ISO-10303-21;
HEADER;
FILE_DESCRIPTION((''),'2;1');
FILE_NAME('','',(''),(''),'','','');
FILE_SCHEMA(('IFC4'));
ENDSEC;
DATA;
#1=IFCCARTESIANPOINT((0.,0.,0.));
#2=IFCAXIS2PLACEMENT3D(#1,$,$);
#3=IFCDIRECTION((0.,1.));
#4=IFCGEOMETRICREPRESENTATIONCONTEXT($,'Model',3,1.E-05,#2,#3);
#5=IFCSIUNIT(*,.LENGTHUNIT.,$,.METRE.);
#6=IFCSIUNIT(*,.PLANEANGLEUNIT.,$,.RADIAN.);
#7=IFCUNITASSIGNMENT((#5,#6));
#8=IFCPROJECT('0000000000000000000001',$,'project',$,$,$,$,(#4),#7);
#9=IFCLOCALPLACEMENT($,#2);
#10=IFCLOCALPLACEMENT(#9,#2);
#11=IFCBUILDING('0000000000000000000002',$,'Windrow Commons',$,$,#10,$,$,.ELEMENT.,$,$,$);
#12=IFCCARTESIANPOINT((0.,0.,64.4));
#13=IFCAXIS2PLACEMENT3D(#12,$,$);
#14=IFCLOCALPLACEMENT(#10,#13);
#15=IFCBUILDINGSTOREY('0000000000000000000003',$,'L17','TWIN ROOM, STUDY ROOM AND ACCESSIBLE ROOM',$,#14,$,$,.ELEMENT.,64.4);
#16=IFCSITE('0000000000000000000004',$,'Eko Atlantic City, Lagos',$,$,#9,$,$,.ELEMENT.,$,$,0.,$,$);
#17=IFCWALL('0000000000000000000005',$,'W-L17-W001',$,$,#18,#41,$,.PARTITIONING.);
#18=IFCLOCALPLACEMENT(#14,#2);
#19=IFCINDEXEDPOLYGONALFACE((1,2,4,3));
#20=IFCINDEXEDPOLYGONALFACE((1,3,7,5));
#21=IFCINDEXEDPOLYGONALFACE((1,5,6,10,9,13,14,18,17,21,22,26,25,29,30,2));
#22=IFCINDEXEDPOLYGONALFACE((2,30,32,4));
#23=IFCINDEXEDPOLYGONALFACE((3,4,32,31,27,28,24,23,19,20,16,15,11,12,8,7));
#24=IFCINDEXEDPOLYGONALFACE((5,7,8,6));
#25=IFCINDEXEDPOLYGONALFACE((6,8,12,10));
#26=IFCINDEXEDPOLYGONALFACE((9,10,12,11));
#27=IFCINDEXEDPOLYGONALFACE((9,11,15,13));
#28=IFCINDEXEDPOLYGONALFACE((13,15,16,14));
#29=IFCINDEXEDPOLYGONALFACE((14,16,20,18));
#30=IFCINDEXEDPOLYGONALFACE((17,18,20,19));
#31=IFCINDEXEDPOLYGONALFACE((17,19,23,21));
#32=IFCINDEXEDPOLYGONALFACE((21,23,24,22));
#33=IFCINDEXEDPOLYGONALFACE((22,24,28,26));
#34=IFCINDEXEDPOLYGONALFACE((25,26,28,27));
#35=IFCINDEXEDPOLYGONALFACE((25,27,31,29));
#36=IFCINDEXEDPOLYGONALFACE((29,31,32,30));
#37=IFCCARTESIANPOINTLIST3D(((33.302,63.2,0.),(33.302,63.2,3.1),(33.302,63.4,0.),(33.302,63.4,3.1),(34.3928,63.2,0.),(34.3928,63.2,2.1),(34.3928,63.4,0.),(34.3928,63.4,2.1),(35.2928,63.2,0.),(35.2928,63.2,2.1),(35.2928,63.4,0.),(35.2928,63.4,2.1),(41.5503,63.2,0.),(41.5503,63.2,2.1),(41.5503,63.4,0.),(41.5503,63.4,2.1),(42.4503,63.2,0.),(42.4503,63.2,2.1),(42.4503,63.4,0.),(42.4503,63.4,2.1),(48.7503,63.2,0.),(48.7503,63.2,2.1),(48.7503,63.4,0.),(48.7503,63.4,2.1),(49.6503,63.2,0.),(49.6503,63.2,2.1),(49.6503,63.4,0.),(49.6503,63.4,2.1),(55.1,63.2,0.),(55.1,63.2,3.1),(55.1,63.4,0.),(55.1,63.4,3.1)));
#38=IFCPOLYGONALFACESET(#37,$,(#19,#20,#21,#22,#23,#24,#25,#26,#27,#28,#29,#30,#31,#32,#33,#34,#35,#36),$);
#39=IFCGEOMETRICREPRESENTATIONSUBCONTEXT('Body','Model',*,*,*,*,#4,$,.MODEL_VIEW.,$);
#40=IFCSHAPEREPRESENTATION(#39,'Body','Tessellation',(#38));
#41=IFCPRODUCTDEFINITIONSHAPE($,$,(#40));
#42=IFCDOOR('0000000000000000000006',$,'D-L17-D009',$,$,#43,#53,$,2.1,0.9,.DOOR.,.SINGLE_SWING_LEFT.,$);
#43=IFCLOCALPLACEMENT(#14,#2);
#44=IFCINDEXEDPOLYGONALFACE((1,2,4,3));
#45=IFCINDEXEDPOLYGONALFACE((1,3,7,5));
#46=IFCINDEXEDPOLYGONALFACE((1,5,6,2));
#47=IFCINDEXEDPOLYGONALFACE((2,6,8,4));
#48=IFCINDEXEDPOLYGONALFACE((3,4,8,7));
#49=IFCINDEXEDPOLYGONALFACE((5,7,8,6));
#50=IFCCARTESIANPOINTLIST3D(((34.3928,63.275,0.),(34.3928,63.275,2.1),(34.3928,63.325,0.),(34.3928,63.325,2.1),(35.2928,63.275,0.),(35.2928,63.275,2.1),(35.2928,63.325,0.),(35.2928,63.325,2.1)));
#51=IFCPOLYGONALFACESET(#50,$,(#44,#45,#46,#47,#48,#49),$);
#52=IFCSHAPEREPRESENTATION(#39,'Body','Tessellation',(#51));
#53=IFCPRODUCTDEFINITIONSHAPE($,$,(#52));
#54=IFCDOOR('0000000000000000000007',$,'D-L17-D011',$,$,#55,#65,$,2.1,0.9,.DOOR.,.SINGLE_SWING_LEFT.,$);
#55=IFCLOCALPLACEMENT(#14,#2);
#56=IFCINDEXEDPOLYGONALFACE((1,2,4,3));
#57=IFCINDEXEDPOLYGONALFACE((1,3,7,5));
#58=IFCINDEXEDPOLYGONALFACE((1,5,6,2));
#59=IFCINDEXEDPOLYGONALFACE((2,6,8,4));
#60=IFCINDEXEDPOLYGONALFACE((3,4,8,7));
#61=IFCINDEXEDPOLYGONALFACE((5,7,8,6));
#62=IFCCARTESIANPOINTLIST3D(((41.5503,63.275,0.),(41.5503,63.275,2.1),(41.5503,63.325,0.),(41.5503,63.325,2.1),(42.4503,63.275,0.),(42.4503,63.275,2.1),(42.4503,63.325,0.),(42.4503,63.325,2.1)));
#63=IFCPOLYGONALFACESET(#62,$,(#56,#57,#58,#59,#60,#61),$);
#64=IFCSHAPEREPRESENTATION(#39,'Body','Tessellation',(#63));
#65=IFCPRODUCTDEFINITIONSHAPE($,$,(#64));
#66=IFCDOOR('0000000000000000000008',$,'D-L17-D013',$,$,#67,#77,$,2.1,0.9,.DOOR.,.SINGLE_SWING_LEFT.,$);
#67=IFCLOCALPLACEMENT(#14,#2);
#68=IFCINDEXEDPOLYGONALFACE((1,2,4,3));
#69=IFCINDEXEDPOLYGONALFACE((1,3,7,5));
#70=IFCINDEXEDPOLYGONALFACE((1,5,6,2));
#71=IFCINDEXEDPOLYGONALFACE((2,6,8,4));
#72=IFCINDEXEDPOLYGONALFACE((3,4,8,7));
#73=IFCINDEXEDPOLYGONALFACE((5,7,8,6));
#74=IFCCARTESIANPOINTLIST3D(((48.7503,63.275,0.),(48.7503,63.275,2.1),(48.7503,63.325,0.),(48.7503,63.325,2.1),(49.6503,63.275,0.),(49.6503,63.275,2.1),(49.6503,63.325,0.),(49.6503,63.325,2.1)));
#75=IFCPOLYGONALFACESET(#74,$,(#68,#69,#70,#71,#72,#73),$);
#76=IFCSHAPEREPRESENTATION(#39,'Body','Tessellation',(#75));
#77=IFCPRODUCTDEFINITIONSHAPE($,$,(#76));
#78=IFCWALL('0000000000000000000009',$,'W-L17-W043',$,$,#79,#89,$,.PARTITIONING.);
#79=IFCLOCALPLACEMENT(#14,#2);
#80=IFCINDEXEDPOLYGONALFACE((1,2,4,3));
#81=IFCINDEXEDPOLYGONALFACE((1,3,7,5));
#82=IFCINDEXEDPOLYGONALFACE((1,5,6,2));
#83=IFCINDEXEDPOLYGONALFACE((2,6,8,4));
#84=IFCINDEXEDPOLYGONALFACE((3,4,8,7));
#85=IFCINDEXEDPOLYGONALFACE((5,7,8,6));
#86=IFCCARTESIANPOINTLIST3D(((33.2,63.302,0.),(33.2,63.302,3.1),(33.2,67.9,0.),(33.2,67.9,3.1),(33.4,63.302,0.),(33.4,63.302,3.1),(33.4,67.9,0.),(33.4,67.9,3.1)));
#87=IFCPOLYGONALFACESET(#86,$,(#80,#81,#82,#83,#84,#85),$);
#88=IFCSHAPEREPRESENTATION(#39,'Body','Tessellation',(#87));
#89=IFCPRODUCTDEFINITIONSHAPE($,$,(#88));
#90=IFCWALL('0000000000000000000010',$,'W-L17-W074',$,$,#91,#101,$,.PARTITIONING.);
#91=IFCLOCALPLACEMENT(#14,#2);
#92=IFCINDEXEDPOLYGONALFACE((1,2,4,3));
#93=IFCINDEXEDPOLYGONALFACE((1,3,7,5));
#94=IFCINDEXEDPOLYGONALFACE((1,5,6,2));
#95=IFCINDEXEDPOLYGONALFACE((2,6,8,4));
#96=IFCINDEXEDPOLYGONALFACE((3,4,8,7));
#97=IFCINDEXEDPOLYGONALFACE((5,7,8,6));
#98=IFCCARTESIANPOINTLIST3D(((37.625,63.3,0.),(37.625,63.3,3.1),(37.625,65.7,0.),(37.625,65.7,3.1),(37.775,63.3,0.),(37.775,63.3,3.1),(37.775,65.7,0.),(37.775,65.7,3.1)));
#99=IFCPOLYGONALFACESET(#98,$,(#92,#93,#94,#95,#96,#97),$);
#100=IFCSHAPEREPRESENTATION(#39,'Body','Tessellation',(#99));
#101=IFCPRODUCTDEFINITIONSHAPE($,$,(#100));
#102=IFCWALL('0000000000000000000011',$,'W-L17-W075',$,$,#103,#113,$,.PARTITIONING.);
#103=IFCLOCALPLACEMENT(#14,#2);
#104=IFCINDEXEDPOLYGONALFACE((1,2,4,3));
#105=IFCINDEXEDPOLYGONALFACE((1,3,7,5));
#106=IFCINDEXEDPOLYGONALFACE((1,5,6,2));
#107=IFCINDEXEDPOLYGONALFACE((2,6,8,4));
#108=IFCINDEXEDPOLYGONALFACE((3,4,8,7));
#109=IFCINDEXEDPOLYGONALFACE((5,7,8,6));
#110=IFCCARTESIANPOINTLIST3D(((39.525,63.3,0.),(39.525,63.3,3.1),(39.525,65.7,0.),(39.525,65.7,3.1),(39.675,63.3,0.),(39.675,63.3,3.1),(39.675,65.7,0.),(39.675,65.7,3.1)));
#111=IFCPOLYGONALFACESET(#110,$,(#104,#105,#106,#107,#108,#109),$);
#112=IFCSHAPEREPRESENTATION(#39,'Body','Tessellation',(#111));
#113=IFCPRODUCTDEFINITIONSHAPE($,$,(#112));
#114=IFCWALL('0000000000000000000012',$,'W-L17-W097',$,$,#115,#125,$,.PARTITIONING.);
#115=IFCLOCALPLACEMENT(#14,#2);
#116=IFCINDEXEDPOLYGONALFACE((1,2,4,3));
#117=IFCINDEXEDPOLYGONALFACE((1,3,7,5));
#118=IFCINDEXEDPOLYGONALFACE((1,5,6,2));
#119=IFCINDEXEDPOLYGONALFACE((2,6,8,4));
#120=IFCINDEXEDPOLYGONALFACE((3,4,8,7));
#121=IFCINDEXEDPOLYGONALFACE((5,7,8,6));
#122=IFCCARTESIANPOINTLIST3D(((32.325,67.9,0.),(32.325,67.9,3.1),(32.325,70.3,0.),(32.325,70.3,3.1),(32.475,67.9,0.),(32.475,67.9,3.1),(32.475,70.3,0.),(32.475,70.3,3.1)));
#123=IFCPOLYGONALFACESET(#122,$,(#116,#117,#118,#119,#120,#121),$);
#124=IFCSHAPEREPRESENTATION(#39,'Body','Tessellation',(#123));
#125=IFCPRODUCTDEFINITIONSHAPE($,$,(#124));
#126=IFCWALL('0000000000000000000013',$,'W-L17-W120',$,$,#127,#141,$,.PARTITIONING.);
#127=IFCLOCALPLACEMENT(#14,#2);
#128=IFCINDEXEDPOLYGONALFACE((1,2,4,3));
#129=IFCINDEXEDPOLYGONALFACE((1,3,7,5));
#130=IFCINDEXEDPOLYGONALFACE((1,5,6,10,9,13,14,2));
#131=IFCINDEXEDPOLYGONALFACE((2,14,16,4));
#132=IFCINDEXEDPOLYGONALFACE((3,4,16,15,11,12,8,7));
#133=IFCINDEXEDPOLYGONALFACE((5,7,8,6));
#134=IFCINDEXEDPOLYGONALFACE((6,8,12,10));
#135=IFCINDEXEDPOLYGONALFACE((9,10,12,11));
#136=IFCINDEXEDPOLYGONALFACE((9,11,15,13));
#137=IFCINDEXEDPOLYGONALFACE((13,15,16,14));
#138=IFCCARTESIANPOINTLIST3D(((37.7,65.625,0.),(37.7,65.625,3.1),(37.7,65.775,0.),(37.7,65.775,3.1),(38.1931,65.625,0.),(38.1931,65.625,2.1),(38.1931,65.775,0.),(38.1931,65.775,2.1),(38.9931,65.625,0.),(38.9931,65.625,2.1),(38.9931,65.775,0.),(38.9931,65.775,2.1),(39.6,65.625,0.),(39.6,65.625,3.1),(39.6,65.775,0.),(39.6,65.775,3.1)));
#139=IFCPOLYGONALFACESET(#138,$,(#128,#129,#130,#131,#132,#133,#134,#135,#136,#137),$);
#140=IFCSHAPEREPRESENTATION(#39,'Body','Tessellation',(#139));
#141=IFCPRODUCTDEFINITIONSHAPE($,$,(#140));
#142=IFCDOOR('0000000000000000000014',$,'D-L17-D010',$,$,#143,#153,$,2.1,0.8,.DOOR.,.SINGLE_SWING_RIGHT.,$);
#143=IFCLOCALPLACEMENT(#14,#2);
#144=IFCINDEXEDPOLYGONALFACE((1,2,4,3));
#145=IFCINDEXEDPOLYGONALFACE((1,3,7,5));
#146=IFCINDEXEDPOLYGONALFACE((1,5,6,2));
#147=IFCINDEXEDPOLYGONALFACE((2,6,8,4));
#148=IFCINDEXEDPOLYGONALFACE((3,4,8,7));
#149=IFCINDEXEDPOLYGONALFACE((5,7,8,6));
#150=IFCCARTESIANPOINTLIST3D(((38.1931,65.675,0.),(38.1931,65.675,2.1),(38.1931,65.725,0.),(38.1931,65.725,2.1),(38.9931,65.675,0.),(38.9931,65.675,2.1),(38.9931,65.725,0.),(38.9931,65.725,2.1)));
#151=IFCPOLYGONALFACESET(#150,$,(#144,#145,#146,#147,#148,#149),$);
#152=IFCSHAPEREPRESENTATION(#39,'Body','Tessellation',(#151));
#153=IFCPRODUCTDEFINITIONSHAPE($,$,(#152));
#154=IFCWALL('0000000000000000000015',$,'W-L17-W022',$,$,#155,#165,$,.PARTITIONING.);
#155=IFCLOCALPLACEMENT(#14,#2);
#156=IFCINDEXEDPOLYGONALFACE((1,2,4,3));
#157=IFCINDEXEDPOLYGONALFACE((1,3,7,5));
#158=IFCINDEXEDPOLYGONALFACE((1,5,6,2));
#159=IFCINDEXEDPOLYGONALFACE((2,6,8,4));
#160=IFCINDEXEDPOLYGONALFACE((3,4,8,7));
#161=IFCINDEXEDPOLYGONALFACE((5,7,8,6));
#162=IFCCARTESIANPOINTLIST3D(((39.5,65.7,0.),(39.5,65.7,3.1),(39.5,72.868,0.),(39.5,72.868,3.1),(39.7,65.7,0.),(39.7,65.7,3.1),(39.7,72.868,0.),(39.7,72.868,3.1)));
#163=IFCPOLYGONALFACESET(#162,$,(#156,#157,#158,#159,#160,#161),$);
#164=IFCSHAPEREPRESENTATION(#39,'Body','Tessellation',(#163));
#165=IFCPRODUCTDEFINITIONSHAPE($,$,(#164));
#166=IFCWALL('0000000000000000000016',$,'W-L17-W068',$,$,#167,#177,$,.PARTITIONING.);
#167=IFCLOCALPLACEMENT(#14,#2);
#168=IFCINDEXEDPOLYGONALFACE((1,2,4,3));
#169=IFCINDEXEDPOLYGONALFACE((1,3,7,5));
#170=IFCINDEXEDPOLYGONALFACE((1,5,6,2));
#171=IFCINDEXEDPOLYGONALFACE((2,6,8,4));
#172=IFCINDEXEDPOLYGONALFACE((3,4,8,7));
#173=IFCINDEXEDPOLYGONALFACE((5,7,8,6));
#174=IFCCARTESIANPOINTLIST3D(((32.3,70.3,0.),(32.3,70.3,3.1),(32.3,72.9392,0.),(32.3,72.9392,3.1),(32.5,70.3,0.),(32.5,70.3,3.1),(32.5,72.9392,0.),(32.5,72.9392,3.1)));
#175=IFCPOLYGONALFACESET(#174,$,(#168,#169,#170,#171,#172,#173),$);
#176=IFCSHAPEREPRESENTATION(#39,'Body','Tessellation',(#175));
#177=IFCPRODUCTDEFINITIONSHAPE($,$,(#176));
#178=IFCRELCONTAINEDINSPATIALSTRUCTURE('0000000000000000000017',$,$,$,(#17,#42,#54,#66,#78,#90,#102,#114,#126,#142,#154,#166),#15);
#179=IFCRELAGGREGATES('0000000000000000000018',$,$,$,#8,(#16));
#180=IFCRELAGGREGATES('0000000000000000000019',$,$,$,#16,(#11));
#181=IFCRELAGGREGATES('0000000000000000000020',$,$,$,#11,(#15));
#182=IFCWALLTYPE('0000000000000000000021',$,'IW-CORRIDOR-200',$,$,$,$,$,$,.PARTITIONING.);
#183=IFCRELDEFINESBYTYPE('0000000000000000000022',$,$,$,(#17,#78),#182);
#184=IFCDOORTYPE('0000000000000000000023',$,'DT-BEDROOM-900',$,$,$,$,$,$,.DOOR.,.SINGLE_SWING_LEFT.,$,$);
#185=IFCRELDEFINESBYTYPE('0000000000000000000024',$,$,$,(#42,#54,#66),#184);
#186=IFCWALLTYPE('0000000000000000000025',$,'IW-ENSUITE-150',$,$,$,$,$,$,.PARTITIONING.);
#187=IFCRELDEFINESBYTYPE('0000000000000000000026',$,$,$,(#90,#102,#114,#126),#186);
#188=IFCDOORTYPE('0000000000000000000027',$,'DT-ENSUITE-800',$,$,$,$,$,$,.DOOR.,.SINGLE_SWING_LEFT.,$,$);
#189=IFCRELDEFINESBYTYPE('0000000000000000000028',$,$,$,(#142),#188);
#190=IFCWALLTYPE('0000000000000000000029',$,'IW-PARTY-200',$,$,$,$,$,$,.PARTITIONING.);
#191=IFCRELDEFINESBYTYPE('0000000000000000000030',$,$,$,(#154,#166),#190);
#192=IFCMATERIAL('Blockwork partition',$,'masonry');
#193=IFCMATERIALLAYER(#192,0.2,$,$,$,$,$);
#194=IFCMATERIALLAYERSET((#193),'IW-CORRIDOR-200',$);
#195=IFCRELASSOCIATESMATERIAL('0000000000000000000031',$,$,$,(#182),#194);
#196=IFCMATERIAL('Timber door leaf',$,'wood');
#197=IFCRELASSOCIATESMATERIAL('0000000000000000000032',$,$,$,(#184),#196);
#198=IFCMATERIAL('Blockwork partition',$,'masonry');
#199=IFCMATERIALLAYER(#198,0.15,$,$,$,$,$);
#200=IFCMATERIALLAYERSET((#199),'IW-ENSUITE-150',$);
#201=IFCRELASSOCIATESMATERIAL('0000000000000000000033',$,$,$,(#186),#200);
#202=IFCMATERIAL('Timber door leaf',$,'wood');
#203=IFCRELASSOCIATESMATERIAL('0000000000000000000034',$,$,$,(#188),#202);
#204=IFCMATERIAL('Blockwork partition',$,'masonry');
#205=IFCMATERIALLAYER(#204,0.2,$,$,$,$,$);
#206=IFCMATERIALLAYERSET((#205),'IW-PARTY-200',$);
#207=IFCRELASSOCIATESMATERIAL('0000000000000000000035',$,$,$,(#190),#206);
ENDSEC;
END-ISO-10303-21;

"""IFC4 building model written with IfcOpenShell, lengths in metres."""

from ifc_helpers import new_model, si_unit, direction, frame, frame_2d, origin, place, context, subcontext, project, spatial, rectangle, extrude, material, layer, layer_set, type_object, element, fill, save


model = new_model("IFC4")

# Units and contexts
model_context = context("Model", 3, precision=1e-05, world=origin(), true_north=direction((0.0, 1.0)))
body_context = subcontext(model_context, "Body", "Model", "MODEL_VIEW")
ifc_project = project(units=[si_unit("LENGTHUNIT", "METRE"), si_unit("PLANEANGLEUNIT", "RADIAN")], contexts=[model_context])

# Site, building, storey
site_placement = place(None, origin())
site = spatial("IfcSite", under=ifc_project, at=site_placement, Name="Eko Atlantic City, Lagos", CompositionType="ELEMENT", RefElevation=0.0)
building_placement = place(site_placement, origin())
building = spatial("IfcBuilding", under=site, at=building_placement, Name="Windrow Commons", CompositionType="ELEMENT")
storey_placement = place(building_placement, frame((0.0, 0.0, 64.4)))
storey = spatial("IfcBuildingStorey", under=building, at=storey_placement, Name="L17", Description="TWIN ROOM, STUDY ROOM AND ACCESSIBLE ROOM", CompositionType="ELEMENT", Elevation=64.4)

# Wall, openings, doors
ifc_material_1 = material(Name="Blockwork partition", Category="masonry")
ifc_layer_1 = layer(ifc_material_1, 0.2)
ifc_layer_set_1 = layer_set([ifc_layer_1], Name="IW-CORRIDOR-200")
wall_type_1 = type_object("IfcWallType", Name="IW-CORRIDOR-200", PredefinedType="PARTITIONING", material=ifc_layer_set_1)
wall_1_placement = place(storey_placement, frame((33.302, 63.3, 0.0), z_axis=(0.0, 0.0, 1.0), x_axis=(1.0, 0.0, 0.0)))
wall_1 = element("IfcWall", 1, at=wall_1_placement, inside=storey, type_object=wall_type_1, Name="W-L17-W001", PredefinedType="PARTITIONING", context=body_context, shape_type="SweptSolid", body=[
    extrude(rectangle(XDim=21.798, YDim=0.2, at=frame_2d((10.899, 0.0))), origin(), (0.0, 0.0, 1.0), 3.1),
])
opening_1_placement = place(wall_1_placement, frame((1.0908, 0.0, 0.0)))
opening_1 = element("IfcOpeningElement", 2, at=opening_1_placement, cuts=wall_1, PredefinedType="OPENING", context=body_context, shape_type="SweptSolid", body=[
    extrude(rectangle(XDim=0.9, YDim=2.1, at=frame_2d((0.45, 1.05))), frame((0.0, 0.11, 0.0), z_axis=(0.0, -1.0, 0.0), x_axis=(1.0, 0.0, 0.0)), (0.0, 0.0, 1.0), 0.22),
])
opening_2_placement = place(wall_1_placement, frame((8.2483, 0.0, 0.0)))
opening_2 = element("IfcOpeningElement", 3, at=opening_2_placement, cuts=wall_1, PredefinedType="OPENING", context=body_context, shape_type="SweptSolid", body=[
    extrude(rectangle(XDim=0.9, YDim=2.1, at=frame_2d((0.45, 1.05))), frame((0.0, 0.11, 0.0), z_axis=(0.0, -1.0, 0.0), x_axis=(1.0, 0.0, 0.0)), (0.0, 0.0, 1.0), 0.22),
])
opening_3_placement = place(wall_1_placement, frame((15.4483, 0.0, 0.0)))
opening_3 = element("IfcOpeningElement", 4, at=opening_3_placement, cuts=wall_1, PredefinedType="OPENING", context=body_context, shape_type="SweptSolid", body=[
    extrude(rectangle(XDim=0.9, YDim=2.1, at=frame_2d((0.45, 1.05))), frame((0.0, 0.11, 0.0), z_axis=(0.0, -1.0, 0.0), x_axis=(1.0, 0.0, 0.0)), (0.0, 0.0, 1.0), 0.22),
])
ifc_material_2 = material(Name="Timber door leaf", Category="wood")
door_type_1 = type_object("IfcDoorType", Name="DT-BEDROOM-900", OperationType="SINGLE_SWING_LEFT", PredefinedType="DOOR", material=ifc_material_2)
door_1_placement = place(opening_1_placement, origin())
door_1 = element("IfcDoor", 5, at=door_1_placement, inside=storey, type_object=door_type_1, Name="D-L17-D009", OperationType="SINGLE_SWING_LEFT", OverallHeight=2.1, OverallWidth=0.9, PredefinedType="DOOR", context=body_context, shape_type="SweptSolid", body=[
    extrude(rectangle(XDim=0.9, YDim=2.1, at=frame_2d((0.45, 1.05))), frame((0.0, 0.025, 0.0), z_axis=(0.0, -1.0, 0.0), x_axis=(1.0, 0.0, 0.0)), (0.0, 0.0, 1.0), 0.05),
])
fill(opening_1, door_1)
door_2_placement = place(opening_2_placement, origin())
door_2 = element("IfcDoor", 6, at=door_2_placement, inside=storey, type_object=door_type_1, Name="D-L17-D011", OperationType="SINGLE_SWING_LEFT", OverallHeight=2.1, OverallWidth=0.9, PredefinedType="DOOR", context=body_context, shape_type="SweptSolid", body=[
    extrude(rectangle(XDim=0.9, YDim=2.1, at=frame_2d((0.45, 1.05))), frame((0.0, 0.025, 0.0), z_axis=(0.0, -1.0, 0.0), x_axis=(1.0, 0.0, 0.0)), (0.0, 0.0, 1.0), 0.05),
])
fill(opening_2, door_2)
door_3_placement = place(opening_3_placement, origin())
door_3 = element("IfcDoor", 7, at=door_3_placement, inside=storey, type_object=door_type_1, Name="D-L17-D013", OperationType="SINGLE_SWING_LEFT", OverallHeight=2.1, OverallWidth=0.9, PredefinedType="DOOR", context=body_context, shape_type="SweptSolid", body=[
    extrude(rectangle(XDim=0.9, YDim=2.1, at=frame_2d((0.45, 1.05))), frame((0.0, 0.025, 0.0), z_axis=(0.0, -1.0, 0.0), x_axis=(1.0, 0.0, 0.0)), (0.0, 0.0, 1.0), 0.05),
])
fill(opening_3, door_3)

# Walls
wall_2_placement = place(storey_placement, frame((33.3, 63.302, 0.0), z_axis=(0.0, 0.0, 1.0), x_axis=(0.0, 1.0, 0.0)))
element("IfcWall", 8, at=wall_2_placement, inside=storey, type_object=wall_type_1, Name="W-L17-W043", PredefinedType="PARTITIONING", context=body_context, shape_type="SweptSolid", body=[
    extrude(rectangle(XDim=4.598, YDim=0.2, at=frame_2d((2.299, 0.0))), origin(), (0.0, 0.0, 1.0), 3.1),
])
ifc_material_3 = material(Name="Blockwork partition", Category="masonry")
ifc_layer_2 = layer(ifc_material_3, 0.15)
ifc_layer_set_2 = layer_set([ifc_layer_2], Name="IW-ENSUITE-150")
wall_type_2 = type_object("IfcWallType", Name="IW-ENSUITE-150", PredefinedType="PARTITIONING", material=ifc_layer_set_2)
for number, where, z_axis, x_axis, name in (
    (9, (37.7, 63.3, 0.0), (0.0, 0.0, 1.0), (0.0, 1.0, 0.0), "W-L17-W074"),
    (10, (39.6, 63.3, 0.0), (0.0, 0.0, 1.0), (0.0, 1.0, 0.0), "W-L17-W075"),
    (11, (32.4, 67.9, 0.0), (0.0, 0.0, 1.0), (0.0, 1.0, 0.0), "W-L17-W097"),
):
    element("IfcWall", number, at=place(storey_placement, frame(where, z_axis=z_axis, x_axis=x_axis)), inside=storey, type_object=wall_type_2, Name=name, PredefinedType="PARTITIONING", context=body_context, shape_type="SweptSolid", body=[
        extrude(rectangle(XDim=2.4, YDim=0.15, at=frame_2d((1.2, 0.0))), origin(), (0.0, 0.0, 1.0), 3.1),
    ])

# Wall, opening, door
wall_3_placement = place(storey_placement, frame((37.7, 65.7, 0.0), z_axis=(0.0, 0.0, 1.0), x_axis=(1.0, 0.0, 0.0)))
wall_3 = element("IfcWall", 12, at=wall_3_placement, inside=storey, type_object=wall_type_2, Name="W-L17-W120", PredefinedType="PARTITIONING", context=body_context, shape_type="SweptSolid", body=[
    extrude(rectangle(XDim=1.9, YDim=0.15, at=frame_2d((0.95, 0.0))), origin(), (0.0, 0.0, 1.0), 3.1),
])
opening_4_placement = place(wall_3_placement, frame((0.4931, 0.0, 0.0)))
opening_4 = element("IfcOpeningElement", 13, at=opening_4_placement, cuts=wall_3, PredefinedType="OPENING", context=body_context, shape_type="SweptSolid", body=[
    extrude(rectangle(XDim=0.8, YDim=2.1, at=frame_2d((0.4, 1.05))), frame((0.0, 0.085, 0.0), z_axis=(0.0, -1.0, 0.0), x_axis=(1.0, 0.0, 0.0)), (0.0, 0.0, 1.0), 0.17),
])
ifc_material_4 = material(Name="Timber door leaf", Category="wood")
door_type_2 = type_object("IfcDoorType", Name="DT-ENSUITE-800", OperationType="SINGLE_SWING_LEFT", PredefinedType="DOOR", material=ifc_material_4)
door_4_placement = place(opening_4_placement, origin())
door_4 = element("IfcDoor", 14, at=door_4_placement, inside=storey, type_object=door_type_2, Name="D-L17-D010", OperationType="SINGLE_SWING_RIGHT", OverallHeight=2.1, OverallWidth=0.8, PredefinedType="DOOR", context=body_context, shape_type="SweptSolid", body=[
    extrude(rectangle(XDim=0.8, YDim=2.1, at=frame_2d((0.4, 1.05))), frame((0.0, 0.025, 0.0), z_axis=(0.0, -1.0, 0.0), x_axis=(1.0, 0.0, 0.0)), (0.0, 0.0, 1.0), 0.05),
])
fill(opening_4, door_4)

# Walls
ifc_material_5 = material(Name="Blockwork partition", Category="masonry")
ifc_layer_3 = layer(ifc_material_5, 0.2)
ifc_layer_set_3 = layer_set([ifc_layer_3], Name="IW-PARTY-200")
wall_type_3 = type_object("IfcWallType", Name="IW-PARTY-200", PredefinedType="PARTITIONING", material=ifc_layer_set_3)
wall_4_placement = place(storey_placement, frame((39.6, 65.7, 0.0), z_axis=(0.0, 0.0, 1.0), x_axis=(0.0, 1.0, 0.0)))
element("IfcWall", 15, at=wall_4_placement, inside=storey, type_object=wall_type_3, Name="W-L17-W022", PredefinedType="PARTITIONING", context=body_context, shape_type="SweptSolid", body=[
    extrude(rectangle(XDim=7.168, YDim=0.2, at=frame_2d((3.584, 0.0))), origin(), (0.0, 0.0, 1.0), 3.1),
])
wall_5_placement = place(storey_placement, frame((32.4, 70.3, 0.0), z_axis=(0.0, 0.0, 1.0), x_axis=(0.0, 1.0, 0.0)))
element("IfcWall", 16, at=wall_5_placement, inside=storey, type_object=wall_type_3, Name="W-L17-W068", PredefinedType="PARTITIONING", context=body_context, shape_type="SweptSolid", body=[
    extrude(rectangle(XDim=2.6393, YDim=0.2, at=frame_2d((1.3196, 0.0))), origin(), (0.0, 0.0, 1.0), 3.1),
])

save(model, "model.ifc")
